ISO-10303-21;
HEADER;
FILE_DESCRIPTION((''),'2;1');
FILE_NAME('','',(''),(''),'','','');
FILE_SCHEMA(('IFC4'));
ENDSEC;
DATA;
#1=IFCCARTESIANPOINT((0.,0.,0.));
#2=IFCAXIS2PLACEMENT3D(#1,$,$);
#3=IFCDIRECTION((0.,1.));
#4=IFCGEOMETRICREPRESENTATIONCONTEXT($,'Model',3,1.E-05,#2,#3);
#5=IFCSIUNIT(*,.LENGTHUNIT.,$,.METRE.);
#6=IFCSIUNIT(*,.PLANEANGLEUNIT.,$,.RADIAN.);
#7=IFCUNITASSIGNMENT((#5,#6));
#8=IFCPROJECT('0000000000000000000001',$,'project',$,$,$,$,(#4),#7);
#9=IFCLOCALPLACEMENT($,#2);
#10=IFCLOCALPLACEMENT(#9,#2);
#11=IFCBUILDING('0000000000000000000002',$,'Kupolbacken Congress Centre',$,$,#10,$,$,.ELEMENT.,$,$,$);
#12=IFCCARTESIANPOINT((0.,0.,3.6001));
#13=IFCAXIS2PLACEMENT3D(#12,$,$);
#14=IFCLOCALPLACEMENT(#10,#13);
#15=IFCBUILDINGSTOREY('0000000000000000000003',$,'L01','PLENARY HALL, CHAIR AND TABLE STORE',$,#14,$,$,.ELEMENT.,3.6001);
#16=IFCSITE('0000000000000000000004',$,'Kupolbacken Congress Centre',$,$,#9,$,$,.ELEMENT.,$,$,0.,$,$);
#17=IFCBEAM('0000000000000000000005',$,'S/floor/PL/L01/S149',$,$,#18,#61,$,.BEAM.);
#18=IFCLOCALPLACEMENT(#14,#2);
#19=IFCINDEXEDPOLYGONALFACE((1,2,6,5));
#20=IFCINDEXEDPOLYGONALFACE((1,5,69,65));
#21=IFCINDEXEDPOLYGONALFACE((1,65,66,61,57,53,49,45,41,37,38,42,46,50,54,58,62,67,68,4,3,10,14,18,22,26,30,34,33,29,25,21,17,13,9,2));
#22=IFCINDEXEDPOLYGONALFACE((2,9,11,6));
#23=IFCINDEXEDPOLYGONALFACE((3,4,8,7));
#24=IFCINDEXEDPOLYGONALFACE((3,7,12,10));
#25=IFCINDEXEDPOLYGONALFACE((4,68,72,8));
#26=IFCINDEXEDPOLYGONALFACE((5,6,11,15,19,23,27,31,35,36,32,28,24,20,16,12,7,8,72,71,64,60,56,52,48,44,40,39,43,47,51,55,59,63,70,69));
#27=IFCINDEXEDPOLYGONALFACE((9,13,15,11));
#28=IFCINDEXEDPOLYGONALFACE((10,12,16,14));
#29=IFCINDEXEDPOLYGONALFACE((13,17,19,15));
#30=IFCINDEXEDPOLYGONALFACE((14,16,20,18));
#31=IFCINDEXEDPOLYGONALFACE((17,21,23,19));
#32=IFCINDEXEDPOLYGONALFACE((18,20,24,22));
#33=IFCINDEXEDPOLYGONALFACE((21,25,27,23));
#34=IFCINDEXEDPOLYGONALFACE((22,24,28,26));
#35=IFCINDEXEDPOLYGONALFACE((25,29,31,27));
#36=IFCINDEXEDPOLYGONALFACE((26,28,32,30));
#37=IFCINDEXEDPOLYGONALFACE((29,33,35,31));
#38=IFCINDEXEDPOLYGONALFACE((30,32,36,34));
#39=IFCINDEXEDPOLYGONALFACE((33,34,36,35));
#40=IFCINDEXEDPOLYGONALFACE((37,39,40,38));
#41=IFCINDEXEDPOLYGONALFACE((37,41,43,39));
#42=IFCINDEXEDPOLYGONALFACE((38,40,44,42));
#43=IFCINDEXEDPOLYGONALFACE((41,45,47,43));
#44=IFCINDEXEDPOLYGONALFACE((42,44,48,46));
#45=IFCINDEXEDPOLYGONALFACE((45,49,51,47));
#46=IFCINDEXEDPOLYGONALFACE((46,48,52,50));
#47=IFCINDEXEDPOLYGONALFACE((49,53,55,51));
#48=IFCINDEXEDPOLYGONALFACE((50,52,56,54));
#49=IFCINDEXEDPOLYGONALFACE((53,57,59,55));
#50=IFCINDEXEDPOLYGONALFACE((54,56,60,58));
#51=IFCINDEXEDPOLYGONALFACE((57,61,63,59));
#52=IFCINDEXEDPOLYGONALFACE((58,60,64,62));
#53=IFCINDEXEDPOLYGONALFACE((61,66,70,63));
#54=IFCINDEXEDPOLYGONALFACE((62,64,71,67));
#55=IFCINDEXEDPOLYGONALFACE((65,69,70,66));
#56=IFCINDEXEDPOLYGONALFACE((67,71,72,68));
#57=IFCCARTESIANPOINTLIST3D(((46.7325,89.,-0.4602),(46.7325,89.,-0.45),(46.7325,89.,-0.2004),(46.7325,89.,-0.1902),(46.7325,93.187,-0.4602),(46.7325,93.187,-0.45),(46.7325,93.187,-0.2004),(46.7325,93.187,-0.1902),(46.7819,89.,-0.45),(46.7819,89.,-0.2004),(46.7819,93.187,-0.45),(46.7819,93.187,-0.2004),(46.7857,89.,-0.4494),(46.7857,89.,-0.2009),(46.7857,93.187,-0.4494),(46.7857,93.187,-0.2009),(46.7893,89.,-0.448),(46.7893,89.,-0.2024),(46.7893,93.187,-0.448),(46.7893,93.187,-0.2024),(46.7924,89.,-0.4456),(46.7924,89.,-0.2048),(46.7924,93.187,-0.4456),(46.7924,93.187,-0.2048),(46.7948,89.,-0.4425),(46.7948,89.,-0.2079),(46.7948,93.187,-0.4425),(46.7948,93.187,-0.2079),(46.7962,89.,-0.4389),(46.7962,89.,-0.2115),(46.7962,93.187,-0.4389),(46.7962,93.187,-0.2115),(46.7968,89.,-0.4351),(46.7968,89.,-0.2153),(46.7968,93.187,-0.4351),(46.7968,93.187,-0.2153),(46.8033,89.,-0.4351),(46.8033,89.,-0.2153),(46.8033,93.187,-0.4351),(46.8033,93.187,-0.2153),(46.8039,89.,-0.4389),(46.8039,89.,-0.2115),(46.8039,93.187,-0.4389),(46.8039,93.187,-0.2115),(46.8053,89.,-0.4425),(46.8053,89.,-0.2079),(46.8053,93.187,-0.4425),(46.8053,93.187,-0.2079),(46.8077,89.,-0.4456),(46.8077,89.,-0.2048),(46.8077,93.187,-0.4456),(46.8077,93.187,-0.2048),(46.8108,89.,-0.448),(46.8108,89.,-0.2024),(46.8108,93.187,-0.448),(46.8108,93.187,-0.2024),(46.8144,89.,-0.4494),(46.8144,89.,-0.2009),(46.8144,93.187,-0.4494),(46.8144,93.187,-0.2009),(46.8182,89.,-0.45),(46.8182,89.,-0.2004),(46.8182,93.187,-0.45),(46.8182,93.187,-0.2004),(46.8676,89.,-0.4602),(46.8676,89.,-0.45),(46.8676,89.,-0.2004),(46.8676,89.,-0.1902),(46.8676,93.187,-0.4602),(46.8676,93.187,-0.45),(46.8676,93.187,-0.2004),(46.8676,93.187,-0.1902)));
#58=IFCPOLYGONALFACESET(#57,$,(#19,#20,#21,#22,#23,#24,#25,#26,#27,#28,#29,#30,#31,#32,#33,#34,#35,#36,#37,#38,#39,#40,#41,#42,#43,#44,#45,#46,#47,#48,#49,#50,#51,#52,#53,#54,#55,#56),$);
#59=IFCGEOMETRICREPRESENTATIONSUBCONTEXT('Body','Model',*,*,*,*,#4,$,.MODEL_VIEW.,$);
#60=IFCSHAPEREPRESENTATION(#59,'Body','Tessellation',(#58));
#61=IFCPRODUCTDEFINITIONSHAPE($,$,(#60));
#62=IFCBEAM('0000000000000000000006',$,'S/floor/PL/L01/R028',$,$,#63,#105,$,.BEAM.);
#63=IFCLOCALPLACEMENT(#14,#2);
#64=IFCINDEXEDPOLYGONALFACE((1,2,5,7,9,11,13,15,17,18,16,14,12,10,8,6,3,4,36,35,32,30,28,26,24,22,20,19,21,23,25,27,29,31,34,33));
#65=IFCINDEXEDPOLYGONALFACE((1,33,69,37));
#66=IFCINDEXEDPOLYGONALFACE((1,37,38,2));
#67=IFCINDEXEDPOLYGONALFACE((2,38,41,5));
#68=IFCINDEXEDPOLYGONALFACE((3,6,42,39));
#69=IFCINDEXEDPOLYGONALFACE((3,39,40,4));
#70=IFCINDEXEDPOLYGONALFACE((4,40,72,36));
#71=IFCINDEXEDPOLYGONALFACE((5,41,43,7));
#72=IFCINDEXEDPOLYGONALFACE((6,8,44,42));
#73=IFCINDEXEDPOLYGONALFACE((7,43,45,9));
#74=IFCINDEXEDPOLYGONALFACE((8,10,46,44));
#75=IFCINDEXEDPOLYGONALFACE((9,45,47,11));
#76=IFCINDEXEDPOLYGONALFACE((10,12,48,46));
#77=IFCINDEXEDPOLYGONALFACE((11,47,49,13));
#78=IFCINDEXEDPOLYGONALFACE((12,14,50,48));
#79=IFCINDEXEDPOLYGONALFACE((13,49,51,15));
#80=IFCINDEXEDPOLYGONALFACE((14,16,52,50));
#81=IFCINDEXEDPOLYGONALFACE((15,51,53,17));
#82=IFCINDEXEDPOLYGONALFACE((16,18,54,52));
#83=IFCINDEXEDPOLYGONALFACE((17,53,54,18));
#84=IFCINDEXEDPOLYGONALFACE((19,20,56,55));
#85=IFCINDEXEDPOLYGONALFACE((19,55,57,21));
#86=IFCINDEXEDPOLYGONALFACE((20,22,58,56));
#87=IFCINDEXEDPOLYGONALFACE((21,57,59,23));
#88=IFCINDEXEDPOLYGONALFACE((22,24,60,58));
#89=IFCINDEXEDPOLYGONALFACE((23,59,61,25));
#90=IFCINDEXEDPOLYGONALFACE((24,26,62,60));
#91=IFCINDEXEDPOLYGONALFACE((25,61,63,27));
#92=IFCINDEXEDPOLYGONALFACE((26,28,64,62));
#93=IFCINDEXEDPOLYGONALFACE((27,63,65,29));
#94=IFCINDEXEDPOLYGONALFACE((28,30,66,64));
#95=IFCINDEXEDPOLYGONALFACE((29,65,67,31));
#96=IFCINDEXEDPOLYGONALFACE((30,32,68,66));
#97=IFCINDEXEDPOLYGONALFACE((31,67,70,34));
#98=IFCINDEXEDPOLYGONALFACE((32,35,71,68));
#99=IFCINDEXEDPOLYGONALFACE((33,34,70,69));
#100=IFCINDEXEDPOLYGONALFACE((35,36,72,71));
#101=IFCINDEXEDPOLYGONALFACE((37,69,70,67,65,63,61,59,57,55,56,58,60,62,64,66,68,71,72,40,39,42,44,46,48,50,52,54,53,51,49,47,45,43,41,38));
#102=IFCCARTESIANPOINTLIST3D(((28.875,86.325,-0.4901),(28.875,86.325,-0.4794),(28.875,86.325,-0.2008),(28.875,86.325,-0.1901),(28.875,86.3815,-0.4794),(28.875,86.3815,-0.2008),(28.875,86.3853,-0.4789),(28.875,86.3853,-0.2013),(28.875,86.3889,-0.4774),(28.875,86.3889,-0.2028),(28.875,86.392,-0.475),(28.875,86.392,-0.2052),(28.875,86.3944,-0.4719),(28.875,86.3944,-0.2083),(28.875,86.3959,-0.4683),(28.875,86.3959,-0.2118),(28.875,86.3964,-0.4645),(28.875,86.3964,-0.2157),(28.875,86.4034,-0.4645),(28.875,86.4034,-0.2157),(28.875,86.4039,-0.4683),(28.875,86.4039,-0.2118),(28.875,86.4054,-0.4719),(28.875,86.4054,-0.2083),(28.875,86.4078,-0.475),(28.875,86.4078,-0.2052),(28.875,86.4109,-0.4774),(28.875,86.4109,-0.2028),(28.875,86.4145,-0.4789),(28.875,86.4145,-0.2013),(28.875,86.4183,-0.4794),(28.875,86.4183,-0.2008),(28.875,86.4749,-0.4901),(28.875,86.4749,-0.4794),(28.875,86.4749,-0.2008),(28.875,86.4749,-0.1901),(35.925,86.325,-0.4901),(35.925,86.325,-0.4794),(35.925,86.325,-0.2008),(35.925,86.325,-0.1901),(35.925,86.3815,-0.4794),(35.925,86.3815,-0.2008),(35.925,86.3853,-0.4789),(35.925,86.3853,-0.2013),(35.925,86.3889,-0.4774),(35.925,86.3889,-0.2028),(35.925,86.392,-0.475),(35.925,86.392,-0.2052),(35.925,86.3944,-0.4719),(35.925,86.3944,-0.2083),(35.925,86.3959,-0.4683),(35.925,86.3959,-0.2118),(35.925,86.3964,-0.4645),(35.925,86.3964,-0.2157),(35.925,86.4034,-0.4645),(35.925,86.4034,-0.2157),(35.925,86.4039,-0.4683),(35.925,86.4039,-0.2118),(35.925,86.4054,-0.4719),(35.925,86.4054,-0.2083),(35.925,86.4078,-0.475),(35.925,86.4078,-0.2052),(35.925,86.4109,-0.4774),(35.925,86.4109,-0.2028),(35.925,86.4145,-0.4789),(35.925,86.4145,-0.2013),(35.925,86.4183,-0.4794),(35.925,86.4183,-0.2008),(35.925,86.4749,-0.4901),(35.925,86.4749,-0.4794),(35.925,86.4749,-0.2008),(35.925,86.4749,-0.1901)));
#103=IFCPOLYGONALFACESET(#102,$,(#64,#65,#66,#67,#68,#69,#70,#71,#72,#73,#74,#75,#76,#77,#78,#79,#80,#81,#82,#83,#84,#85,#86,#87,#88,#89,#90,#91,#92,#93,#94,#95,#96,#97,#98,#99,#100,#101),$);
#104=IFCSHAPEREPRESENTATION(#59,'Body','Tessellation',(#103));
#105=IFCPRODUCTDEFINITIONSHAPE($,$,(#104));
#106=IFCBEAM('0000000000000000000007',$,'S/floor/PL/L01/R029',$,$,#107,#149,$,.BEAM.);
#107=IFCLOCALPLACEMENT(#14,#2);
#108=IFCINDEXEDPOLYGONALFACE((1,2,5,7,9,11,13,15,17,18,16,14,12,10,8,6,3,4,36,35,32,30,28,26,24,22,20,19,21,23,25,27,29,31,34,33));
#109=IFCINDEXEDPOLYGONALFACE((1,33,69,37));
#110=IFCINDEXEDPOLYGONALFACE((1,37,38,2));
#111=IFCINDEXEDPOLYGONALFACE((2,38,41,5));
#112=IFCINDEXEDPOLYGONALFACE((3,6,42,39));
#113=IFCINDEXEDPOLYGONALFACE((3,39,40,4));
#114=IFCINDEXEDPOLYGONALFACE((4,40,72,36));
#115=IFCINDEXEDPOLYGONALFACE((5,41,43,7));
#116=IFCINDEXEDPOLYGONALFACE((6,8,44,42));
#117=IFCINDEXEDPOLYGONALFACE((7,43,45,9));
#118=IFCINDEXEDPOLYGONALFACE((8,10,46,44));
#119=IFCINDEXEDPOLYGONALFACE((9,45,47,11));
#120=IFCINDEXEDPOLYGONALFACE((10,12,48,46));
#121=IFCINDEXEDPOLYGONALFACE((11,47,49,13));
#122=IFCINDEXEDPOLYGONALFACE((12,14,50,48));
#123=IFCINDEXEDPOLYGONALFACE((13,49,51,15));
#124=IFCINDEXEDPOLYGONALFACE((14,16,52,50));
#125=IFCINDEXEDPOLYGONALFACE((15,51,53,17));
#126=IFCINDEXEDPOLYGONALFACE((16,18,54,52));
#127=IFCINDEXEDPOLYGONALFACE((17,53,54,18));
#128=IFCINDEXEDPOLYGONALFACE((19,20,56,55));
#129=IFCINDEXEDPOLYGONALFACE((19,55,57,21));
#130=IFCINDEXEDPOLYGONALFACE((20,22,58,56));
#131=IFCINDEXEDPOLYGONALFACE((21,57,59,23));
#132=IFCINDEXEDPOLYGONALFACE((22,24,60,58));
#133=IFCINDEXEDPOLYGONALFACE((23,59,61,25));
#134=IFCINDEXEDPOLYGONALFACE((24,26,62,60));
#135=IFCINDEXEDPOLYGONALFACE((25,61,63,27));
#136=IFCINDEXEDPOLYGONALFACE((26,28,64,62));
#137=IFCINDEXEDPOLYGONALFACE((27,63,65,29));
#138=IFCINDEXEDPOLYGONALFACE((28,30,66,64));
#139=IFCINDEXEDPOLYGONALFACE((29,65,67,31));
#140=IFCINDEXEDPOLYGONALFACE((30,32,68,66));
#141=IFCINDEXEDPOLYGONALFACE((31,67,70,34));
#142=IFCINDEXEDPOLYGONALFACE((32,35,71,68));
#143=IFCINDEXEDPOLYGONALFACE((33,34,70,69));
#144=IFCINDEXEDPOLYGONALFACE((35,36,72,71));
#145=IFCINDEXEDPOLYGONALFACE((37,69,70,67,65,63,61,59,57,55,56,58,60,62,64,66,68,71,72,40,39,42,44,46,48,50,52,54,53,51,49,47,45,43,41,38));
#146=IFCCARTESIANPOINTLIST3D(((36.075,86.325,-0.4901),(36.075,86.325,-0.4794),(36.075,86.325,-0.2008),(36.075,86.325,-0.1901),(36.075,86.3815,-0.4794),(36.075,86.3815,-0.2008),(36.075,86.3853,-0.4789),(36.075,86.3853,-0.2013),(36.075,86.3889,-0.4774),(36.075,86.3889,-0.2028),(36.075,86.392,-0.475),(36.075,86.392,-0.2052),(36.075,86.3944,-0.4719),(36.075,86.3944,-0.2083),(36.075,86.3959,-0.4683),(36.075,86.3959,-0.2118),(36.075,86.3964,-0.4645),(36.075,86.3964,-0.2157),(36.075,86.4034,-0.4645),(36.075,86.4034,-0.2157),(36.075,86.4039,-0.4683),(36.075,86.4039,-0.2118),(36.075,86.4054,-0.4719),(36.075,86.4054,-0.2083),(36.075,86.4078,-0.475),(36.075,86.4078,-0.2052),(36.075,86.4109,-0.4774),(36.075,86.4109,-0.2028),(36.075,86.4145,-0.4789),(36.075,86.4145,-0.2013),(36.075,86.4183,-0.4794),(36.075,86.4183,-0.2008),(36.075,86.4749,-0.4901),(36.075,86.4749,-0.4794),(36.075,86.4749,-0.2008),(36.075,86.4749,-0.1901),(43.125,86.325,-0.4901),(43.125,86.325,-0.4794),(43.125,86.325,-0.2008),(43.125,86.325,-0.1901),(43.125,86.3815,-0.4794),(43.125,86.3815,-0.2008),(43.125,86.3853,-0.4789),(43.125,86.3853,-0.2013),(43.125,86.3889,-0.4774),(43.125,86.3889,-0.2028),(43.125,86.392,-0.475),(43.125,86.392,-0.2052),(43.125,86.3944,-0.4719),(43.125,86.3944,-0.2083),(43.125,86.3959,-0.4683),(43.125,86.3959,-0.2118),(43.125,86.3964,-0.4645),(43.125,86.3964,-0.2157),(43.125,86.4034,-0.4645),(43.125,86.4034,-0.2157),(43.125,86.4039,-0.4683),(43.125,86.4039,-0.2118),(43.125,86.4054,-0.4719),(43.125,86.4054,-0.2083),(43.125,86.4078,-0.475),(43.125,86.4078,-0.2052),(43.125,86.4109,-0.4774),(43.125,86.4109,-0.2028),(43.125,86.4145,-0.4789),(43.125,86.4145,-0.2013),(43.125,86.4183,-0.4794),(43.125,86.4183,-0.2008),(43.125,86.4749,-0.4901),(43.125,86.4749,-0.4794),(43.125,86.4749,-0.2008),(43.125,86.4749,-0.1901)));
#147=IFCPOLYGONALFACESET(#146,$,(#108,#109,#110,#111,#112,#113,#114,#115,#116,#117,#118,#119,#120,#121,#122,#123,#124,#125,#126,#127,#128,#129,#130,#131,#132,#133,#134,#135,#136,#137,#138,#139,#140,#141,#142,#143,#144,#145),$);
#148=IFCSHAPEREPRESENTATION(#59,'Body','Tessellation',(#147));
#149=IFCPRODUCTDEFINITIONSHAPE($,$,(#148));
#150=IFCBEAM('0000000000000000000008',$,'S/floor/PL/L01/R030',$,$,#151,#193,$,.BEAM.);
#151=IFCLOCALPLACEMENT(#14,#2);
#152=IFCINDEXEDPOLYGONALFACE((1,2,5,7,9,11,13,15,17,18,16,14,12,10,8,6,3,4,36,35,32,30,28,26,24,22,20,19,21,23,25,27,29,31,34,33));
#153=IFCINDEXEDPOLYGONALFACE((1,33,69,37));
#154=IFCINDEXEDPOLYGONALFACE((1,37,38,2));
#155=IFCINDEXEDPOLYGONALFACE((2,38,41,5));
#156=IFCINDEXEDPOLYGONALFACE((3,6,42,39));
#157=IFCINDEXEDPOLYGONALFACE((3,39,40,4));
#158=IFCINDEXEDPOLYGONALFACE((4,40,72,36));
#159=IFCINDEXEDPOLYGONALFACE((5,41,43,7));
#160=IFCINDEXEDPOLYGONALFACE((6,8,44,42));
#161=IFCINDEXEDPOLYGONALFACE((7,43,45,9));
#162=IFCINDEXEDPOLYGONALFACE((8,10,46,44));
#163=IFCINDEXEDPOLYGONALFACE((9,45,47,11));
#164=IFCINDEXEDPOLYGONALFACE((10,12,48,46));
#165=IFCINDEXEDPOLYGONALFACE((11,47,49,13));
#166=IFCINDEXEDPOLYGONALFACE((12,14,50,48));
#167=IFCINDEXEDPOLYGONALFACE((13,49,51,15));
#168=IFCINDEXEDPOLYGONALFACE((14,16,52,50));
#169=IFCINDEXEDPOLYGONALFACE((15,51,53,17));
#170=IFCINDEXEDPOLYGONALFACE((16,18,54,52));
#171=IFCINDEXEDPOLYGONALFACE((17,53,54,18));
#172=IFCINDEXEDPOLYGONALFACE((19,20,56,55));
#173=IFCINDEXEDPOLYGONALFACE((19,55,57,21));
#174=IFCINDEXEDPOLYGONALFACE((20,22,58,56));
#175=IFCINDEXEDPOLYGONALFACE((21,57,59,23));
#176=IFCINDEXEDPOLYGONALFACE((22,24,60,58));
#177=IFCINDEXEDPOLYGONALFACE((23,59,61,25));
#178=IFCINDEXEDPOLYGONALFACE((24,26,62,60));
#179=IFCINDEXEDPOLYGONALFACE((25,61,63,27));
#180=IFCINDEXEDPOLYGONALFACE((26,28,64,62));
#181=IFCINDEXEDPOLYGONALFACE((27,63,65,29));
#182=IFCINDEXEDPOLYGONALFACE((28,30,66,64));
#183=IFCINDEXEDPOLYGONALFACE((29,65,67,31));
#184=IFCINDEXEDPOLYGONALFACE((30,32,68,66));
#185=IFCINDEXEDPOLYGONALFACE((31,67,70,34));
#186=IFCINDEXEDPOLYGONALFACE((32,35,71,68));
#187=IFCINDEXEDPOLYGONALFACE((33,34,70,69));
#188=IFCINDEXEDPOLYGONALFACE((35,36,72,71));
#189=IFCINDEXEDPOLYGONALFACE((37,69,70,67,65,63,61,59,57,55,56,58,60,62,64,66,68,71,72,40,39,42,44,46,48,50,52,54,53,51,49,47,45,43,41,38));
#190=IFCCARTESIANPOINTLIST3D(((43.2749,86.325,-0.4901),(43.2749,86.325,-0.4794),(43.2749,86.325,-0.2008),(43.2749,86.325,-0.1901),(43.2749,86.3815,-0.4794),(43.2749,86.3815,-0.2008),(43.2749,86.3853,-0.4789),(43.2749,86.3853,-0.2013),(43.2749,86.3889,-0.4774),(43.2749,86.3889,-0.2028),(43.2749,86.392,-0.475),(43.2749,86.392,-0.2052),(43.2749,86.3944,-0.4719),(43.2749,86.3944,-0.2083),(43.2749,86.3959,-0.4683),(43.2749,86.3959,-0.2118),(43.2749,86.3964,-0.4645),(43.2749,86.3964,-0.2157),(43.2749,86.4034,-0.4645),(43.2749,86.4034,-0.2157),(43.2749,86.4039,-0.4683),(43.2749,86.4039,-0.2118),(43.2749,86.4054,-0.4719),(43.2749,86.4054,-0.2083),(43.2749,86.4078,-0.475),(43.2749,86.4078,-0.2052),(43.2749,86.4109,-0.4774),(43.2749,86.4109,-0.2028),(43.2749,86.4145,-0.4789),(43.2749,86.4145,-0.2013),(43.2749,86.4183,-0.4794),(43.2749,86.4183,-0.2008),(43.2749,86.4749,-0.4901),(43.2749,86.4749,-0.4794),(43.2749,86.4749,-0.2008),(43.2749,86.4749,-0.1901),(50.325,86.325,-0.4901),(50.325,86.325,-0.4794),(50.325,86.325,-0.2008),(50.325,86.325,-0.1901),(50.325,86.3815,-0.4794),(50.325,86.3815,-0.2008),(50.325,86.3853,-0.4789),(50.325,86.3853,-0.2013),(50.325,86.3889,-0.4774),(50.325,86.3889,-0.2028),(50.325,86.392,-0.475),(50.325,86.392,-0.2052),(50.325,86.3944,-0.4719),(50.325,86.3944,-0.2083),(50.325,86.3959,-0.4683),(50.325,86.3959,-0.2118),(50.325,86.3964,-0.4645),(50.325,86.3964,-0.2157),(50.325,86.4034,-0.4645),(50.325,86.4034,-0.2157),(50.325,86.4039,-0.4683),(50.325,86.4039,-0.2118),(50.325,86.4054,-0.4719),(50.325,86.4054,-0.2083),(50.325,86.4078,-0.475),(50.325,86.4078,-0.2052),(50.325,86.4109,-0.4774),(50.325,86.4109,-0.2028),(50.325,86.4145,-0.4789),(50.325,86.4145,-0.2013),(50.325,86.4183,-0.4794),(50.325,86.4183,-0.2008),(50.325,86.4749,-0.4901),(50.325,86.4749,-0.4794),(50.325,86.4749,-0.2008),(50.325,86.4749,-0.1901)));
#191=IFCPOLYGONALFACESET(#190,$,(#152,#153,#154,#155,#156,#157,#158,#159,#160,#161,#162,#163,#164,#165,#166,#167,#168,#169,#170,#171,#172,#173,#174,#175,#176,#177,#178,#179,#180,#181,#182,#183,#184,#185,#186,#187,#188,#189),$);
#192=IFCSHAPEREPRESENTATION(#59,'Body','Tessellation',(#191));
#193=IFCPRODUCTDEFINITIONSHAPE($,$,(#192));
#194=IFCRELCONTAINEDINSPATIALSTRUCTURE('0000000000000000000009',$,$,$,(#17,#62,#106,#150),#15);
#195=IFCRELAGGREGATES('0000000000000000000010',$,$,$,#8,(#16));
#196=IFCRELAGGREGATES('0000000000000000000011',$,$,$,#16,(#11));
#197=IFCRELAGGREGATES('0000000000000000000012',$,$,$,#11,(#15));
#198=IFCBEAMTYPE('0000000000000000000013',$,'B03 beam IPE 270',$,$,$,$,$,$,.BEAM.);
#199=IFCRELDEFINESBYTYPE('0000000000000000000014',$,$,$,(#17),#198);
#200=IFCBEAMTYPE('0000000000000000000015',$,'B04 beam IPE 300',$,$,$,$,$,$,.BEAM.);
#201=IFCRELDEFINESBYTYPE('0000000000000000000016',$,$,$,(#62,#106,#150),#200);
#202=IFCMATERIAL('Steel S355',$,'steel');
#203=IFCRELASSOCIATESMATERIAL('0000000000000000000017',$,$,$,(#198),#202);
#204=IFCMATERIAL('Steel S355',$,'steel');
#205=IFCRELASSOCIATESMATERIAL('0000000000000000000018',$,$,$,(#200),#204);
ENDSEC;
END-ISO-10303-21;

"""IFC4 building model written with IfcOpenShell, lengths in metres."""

from ifc_helpers import new_model, si_unit, direction, frame, origin, origin_2d, place, context, subcontext, project, spatial, i_section, extrude, material, material_profile, profile_set, type_object, element, save


model = new_model("IFC4")

# Units and contexts
model_context = context("Model", 3, precision=1e-05, world=origin(), true_north=direction((0.0, 1.0)))
body_context = subcontext(model_context, "Body", "Model", "MODEL_VIEW")
ifc_project = project(units=[si_unit("LENGTHUNIT", "METRE"), si_unit("PLANEANGLEUNIT", "RADIAN")], contexts=[model_context])

# Site, building, storey
site_placement = place(None, origin())
site = spatial("IfcSite", under=ifc_project, at=site_placement, Name="Kupolbacken Congress Centre", CompositionType="ELEMENT", RefElevation=0.0)
building_placement = place(site_placement, origin())
building = spatial("IfcBuilding", under=site, at=building_placement, Name="Kupolbacken Congress Centre", CompositionType="ELEMENT")
storey_placement = place(building_placement, frame((0.0, 0.0, 3.6001)))
storey = spatial("IfcBuildingStorey", under=building, at=storey_placement, Name="L01", Description="PLENARY HALL, CHAIR AND TABLE STORE", CompositionType="ELEMENT", Elevation=3.6001)

# Beams
ifc_material_1 = material(Name="Steel S355", Category="steel")
ifc_material_profile_1 = material_profile(ifc_material_1, i_section(OverallWidth=0.135, OverallDepth=0.27, WebThickness=0.0066, FlangeThickness=0.0103, FilletRadius=0.0149, at=origin_2d()), Name="IPE 270")
ifc_profile_set_1 = profile_set([ifc_material_profile_1], Name="Steel S355")
beam_type_1 = type_object("IfcBeamType", Name="B03 beam IPE 270", PredefinedType="BEAM", material=ifc_profile_set_1)
for number, where, z_axis, x_axis, name in (
    (1, (46.8, 89.0, -0.3252), (0.0, 1.0, 0.0), (-1.0, 0.0, 0.0), "S/floor/PL/L01/S149"),
):
    element("IfcBeam", number, at=place(storey_placement, frame(where, z_axis=z_axis, x_axis=x_axis)), inside=storey, type_object=beam_type_1, Name=name, PredefinedType="BEAM", context=body_context, shape_type="SweptSolid", body=[
        extrude(i_section(OverallWidth=0.135, OverallDepth=0.27, WebThickness=0.0066, FlangeThickness=0.0103, FilletRadius=0.0149, at=origin_2d()), origin(), (0.0, 0.0, 1.0), 4.187),
    ])
ifc_material_2 = material(Name="Steel S355", Category="steel")
ifc_material_profile_2 = material_profile(ifc_material_2, i_section(OverallWidth=0.1499, OverallDepth=0.3, WebThickness=0.0071, FlangeThickness=0.0107, FilletRadius=0.0149, at=origin_2d()), Name="IPE 300")
ifc_profile_set_2 = profile_set([ifc_material_profile_2], Name="Steel S355")
beam_type_2 = type_object("IfcBeamType", Name="B04 beam IPE 300", PredefinedType="BEAM", material=ifc_profile_set_2)
for number, where, z_axis, x_axis, name in (
    (2, (28.875, 86.3999, -0.3401), (1.0, 0.0, 0.0), (0.0, 1.0, 0.0), "S/floor/PL/L01/R028"),
    (3, (36.075, 86.3999, -0.3401), (1.0, 0.0, 0.0), (0.0, 1.0, 0.0), "S/floor/PL/L01/R029"),
    (4, (43.2749, 86.3999, -0.3401), (1.0, 0.0, 0.0), (0.0, 1.0, 0.0), "S/floor/PL/L01/R030"),
):
    element("IfcBeam", number, at=place(storey_placement, frame(where, z_axis=z_axis, x_axis=x_axis)), inside=storey, type_object=beam_type_2, Name=name, PredefinedType="BEAM", context=body_context, shape_type="SweptSolid", body=[
        extrude(i_section(OverallWidth=0.1499, OverallDepth=0.3, WebThickness=0.0071, FlangeThickness=0.0107, FilletRadius=0.0149, at=origin_2d()), origin(), (0.0, 0.0, 1.0), 7.05),
    ])

save(model, "model.ifc")
